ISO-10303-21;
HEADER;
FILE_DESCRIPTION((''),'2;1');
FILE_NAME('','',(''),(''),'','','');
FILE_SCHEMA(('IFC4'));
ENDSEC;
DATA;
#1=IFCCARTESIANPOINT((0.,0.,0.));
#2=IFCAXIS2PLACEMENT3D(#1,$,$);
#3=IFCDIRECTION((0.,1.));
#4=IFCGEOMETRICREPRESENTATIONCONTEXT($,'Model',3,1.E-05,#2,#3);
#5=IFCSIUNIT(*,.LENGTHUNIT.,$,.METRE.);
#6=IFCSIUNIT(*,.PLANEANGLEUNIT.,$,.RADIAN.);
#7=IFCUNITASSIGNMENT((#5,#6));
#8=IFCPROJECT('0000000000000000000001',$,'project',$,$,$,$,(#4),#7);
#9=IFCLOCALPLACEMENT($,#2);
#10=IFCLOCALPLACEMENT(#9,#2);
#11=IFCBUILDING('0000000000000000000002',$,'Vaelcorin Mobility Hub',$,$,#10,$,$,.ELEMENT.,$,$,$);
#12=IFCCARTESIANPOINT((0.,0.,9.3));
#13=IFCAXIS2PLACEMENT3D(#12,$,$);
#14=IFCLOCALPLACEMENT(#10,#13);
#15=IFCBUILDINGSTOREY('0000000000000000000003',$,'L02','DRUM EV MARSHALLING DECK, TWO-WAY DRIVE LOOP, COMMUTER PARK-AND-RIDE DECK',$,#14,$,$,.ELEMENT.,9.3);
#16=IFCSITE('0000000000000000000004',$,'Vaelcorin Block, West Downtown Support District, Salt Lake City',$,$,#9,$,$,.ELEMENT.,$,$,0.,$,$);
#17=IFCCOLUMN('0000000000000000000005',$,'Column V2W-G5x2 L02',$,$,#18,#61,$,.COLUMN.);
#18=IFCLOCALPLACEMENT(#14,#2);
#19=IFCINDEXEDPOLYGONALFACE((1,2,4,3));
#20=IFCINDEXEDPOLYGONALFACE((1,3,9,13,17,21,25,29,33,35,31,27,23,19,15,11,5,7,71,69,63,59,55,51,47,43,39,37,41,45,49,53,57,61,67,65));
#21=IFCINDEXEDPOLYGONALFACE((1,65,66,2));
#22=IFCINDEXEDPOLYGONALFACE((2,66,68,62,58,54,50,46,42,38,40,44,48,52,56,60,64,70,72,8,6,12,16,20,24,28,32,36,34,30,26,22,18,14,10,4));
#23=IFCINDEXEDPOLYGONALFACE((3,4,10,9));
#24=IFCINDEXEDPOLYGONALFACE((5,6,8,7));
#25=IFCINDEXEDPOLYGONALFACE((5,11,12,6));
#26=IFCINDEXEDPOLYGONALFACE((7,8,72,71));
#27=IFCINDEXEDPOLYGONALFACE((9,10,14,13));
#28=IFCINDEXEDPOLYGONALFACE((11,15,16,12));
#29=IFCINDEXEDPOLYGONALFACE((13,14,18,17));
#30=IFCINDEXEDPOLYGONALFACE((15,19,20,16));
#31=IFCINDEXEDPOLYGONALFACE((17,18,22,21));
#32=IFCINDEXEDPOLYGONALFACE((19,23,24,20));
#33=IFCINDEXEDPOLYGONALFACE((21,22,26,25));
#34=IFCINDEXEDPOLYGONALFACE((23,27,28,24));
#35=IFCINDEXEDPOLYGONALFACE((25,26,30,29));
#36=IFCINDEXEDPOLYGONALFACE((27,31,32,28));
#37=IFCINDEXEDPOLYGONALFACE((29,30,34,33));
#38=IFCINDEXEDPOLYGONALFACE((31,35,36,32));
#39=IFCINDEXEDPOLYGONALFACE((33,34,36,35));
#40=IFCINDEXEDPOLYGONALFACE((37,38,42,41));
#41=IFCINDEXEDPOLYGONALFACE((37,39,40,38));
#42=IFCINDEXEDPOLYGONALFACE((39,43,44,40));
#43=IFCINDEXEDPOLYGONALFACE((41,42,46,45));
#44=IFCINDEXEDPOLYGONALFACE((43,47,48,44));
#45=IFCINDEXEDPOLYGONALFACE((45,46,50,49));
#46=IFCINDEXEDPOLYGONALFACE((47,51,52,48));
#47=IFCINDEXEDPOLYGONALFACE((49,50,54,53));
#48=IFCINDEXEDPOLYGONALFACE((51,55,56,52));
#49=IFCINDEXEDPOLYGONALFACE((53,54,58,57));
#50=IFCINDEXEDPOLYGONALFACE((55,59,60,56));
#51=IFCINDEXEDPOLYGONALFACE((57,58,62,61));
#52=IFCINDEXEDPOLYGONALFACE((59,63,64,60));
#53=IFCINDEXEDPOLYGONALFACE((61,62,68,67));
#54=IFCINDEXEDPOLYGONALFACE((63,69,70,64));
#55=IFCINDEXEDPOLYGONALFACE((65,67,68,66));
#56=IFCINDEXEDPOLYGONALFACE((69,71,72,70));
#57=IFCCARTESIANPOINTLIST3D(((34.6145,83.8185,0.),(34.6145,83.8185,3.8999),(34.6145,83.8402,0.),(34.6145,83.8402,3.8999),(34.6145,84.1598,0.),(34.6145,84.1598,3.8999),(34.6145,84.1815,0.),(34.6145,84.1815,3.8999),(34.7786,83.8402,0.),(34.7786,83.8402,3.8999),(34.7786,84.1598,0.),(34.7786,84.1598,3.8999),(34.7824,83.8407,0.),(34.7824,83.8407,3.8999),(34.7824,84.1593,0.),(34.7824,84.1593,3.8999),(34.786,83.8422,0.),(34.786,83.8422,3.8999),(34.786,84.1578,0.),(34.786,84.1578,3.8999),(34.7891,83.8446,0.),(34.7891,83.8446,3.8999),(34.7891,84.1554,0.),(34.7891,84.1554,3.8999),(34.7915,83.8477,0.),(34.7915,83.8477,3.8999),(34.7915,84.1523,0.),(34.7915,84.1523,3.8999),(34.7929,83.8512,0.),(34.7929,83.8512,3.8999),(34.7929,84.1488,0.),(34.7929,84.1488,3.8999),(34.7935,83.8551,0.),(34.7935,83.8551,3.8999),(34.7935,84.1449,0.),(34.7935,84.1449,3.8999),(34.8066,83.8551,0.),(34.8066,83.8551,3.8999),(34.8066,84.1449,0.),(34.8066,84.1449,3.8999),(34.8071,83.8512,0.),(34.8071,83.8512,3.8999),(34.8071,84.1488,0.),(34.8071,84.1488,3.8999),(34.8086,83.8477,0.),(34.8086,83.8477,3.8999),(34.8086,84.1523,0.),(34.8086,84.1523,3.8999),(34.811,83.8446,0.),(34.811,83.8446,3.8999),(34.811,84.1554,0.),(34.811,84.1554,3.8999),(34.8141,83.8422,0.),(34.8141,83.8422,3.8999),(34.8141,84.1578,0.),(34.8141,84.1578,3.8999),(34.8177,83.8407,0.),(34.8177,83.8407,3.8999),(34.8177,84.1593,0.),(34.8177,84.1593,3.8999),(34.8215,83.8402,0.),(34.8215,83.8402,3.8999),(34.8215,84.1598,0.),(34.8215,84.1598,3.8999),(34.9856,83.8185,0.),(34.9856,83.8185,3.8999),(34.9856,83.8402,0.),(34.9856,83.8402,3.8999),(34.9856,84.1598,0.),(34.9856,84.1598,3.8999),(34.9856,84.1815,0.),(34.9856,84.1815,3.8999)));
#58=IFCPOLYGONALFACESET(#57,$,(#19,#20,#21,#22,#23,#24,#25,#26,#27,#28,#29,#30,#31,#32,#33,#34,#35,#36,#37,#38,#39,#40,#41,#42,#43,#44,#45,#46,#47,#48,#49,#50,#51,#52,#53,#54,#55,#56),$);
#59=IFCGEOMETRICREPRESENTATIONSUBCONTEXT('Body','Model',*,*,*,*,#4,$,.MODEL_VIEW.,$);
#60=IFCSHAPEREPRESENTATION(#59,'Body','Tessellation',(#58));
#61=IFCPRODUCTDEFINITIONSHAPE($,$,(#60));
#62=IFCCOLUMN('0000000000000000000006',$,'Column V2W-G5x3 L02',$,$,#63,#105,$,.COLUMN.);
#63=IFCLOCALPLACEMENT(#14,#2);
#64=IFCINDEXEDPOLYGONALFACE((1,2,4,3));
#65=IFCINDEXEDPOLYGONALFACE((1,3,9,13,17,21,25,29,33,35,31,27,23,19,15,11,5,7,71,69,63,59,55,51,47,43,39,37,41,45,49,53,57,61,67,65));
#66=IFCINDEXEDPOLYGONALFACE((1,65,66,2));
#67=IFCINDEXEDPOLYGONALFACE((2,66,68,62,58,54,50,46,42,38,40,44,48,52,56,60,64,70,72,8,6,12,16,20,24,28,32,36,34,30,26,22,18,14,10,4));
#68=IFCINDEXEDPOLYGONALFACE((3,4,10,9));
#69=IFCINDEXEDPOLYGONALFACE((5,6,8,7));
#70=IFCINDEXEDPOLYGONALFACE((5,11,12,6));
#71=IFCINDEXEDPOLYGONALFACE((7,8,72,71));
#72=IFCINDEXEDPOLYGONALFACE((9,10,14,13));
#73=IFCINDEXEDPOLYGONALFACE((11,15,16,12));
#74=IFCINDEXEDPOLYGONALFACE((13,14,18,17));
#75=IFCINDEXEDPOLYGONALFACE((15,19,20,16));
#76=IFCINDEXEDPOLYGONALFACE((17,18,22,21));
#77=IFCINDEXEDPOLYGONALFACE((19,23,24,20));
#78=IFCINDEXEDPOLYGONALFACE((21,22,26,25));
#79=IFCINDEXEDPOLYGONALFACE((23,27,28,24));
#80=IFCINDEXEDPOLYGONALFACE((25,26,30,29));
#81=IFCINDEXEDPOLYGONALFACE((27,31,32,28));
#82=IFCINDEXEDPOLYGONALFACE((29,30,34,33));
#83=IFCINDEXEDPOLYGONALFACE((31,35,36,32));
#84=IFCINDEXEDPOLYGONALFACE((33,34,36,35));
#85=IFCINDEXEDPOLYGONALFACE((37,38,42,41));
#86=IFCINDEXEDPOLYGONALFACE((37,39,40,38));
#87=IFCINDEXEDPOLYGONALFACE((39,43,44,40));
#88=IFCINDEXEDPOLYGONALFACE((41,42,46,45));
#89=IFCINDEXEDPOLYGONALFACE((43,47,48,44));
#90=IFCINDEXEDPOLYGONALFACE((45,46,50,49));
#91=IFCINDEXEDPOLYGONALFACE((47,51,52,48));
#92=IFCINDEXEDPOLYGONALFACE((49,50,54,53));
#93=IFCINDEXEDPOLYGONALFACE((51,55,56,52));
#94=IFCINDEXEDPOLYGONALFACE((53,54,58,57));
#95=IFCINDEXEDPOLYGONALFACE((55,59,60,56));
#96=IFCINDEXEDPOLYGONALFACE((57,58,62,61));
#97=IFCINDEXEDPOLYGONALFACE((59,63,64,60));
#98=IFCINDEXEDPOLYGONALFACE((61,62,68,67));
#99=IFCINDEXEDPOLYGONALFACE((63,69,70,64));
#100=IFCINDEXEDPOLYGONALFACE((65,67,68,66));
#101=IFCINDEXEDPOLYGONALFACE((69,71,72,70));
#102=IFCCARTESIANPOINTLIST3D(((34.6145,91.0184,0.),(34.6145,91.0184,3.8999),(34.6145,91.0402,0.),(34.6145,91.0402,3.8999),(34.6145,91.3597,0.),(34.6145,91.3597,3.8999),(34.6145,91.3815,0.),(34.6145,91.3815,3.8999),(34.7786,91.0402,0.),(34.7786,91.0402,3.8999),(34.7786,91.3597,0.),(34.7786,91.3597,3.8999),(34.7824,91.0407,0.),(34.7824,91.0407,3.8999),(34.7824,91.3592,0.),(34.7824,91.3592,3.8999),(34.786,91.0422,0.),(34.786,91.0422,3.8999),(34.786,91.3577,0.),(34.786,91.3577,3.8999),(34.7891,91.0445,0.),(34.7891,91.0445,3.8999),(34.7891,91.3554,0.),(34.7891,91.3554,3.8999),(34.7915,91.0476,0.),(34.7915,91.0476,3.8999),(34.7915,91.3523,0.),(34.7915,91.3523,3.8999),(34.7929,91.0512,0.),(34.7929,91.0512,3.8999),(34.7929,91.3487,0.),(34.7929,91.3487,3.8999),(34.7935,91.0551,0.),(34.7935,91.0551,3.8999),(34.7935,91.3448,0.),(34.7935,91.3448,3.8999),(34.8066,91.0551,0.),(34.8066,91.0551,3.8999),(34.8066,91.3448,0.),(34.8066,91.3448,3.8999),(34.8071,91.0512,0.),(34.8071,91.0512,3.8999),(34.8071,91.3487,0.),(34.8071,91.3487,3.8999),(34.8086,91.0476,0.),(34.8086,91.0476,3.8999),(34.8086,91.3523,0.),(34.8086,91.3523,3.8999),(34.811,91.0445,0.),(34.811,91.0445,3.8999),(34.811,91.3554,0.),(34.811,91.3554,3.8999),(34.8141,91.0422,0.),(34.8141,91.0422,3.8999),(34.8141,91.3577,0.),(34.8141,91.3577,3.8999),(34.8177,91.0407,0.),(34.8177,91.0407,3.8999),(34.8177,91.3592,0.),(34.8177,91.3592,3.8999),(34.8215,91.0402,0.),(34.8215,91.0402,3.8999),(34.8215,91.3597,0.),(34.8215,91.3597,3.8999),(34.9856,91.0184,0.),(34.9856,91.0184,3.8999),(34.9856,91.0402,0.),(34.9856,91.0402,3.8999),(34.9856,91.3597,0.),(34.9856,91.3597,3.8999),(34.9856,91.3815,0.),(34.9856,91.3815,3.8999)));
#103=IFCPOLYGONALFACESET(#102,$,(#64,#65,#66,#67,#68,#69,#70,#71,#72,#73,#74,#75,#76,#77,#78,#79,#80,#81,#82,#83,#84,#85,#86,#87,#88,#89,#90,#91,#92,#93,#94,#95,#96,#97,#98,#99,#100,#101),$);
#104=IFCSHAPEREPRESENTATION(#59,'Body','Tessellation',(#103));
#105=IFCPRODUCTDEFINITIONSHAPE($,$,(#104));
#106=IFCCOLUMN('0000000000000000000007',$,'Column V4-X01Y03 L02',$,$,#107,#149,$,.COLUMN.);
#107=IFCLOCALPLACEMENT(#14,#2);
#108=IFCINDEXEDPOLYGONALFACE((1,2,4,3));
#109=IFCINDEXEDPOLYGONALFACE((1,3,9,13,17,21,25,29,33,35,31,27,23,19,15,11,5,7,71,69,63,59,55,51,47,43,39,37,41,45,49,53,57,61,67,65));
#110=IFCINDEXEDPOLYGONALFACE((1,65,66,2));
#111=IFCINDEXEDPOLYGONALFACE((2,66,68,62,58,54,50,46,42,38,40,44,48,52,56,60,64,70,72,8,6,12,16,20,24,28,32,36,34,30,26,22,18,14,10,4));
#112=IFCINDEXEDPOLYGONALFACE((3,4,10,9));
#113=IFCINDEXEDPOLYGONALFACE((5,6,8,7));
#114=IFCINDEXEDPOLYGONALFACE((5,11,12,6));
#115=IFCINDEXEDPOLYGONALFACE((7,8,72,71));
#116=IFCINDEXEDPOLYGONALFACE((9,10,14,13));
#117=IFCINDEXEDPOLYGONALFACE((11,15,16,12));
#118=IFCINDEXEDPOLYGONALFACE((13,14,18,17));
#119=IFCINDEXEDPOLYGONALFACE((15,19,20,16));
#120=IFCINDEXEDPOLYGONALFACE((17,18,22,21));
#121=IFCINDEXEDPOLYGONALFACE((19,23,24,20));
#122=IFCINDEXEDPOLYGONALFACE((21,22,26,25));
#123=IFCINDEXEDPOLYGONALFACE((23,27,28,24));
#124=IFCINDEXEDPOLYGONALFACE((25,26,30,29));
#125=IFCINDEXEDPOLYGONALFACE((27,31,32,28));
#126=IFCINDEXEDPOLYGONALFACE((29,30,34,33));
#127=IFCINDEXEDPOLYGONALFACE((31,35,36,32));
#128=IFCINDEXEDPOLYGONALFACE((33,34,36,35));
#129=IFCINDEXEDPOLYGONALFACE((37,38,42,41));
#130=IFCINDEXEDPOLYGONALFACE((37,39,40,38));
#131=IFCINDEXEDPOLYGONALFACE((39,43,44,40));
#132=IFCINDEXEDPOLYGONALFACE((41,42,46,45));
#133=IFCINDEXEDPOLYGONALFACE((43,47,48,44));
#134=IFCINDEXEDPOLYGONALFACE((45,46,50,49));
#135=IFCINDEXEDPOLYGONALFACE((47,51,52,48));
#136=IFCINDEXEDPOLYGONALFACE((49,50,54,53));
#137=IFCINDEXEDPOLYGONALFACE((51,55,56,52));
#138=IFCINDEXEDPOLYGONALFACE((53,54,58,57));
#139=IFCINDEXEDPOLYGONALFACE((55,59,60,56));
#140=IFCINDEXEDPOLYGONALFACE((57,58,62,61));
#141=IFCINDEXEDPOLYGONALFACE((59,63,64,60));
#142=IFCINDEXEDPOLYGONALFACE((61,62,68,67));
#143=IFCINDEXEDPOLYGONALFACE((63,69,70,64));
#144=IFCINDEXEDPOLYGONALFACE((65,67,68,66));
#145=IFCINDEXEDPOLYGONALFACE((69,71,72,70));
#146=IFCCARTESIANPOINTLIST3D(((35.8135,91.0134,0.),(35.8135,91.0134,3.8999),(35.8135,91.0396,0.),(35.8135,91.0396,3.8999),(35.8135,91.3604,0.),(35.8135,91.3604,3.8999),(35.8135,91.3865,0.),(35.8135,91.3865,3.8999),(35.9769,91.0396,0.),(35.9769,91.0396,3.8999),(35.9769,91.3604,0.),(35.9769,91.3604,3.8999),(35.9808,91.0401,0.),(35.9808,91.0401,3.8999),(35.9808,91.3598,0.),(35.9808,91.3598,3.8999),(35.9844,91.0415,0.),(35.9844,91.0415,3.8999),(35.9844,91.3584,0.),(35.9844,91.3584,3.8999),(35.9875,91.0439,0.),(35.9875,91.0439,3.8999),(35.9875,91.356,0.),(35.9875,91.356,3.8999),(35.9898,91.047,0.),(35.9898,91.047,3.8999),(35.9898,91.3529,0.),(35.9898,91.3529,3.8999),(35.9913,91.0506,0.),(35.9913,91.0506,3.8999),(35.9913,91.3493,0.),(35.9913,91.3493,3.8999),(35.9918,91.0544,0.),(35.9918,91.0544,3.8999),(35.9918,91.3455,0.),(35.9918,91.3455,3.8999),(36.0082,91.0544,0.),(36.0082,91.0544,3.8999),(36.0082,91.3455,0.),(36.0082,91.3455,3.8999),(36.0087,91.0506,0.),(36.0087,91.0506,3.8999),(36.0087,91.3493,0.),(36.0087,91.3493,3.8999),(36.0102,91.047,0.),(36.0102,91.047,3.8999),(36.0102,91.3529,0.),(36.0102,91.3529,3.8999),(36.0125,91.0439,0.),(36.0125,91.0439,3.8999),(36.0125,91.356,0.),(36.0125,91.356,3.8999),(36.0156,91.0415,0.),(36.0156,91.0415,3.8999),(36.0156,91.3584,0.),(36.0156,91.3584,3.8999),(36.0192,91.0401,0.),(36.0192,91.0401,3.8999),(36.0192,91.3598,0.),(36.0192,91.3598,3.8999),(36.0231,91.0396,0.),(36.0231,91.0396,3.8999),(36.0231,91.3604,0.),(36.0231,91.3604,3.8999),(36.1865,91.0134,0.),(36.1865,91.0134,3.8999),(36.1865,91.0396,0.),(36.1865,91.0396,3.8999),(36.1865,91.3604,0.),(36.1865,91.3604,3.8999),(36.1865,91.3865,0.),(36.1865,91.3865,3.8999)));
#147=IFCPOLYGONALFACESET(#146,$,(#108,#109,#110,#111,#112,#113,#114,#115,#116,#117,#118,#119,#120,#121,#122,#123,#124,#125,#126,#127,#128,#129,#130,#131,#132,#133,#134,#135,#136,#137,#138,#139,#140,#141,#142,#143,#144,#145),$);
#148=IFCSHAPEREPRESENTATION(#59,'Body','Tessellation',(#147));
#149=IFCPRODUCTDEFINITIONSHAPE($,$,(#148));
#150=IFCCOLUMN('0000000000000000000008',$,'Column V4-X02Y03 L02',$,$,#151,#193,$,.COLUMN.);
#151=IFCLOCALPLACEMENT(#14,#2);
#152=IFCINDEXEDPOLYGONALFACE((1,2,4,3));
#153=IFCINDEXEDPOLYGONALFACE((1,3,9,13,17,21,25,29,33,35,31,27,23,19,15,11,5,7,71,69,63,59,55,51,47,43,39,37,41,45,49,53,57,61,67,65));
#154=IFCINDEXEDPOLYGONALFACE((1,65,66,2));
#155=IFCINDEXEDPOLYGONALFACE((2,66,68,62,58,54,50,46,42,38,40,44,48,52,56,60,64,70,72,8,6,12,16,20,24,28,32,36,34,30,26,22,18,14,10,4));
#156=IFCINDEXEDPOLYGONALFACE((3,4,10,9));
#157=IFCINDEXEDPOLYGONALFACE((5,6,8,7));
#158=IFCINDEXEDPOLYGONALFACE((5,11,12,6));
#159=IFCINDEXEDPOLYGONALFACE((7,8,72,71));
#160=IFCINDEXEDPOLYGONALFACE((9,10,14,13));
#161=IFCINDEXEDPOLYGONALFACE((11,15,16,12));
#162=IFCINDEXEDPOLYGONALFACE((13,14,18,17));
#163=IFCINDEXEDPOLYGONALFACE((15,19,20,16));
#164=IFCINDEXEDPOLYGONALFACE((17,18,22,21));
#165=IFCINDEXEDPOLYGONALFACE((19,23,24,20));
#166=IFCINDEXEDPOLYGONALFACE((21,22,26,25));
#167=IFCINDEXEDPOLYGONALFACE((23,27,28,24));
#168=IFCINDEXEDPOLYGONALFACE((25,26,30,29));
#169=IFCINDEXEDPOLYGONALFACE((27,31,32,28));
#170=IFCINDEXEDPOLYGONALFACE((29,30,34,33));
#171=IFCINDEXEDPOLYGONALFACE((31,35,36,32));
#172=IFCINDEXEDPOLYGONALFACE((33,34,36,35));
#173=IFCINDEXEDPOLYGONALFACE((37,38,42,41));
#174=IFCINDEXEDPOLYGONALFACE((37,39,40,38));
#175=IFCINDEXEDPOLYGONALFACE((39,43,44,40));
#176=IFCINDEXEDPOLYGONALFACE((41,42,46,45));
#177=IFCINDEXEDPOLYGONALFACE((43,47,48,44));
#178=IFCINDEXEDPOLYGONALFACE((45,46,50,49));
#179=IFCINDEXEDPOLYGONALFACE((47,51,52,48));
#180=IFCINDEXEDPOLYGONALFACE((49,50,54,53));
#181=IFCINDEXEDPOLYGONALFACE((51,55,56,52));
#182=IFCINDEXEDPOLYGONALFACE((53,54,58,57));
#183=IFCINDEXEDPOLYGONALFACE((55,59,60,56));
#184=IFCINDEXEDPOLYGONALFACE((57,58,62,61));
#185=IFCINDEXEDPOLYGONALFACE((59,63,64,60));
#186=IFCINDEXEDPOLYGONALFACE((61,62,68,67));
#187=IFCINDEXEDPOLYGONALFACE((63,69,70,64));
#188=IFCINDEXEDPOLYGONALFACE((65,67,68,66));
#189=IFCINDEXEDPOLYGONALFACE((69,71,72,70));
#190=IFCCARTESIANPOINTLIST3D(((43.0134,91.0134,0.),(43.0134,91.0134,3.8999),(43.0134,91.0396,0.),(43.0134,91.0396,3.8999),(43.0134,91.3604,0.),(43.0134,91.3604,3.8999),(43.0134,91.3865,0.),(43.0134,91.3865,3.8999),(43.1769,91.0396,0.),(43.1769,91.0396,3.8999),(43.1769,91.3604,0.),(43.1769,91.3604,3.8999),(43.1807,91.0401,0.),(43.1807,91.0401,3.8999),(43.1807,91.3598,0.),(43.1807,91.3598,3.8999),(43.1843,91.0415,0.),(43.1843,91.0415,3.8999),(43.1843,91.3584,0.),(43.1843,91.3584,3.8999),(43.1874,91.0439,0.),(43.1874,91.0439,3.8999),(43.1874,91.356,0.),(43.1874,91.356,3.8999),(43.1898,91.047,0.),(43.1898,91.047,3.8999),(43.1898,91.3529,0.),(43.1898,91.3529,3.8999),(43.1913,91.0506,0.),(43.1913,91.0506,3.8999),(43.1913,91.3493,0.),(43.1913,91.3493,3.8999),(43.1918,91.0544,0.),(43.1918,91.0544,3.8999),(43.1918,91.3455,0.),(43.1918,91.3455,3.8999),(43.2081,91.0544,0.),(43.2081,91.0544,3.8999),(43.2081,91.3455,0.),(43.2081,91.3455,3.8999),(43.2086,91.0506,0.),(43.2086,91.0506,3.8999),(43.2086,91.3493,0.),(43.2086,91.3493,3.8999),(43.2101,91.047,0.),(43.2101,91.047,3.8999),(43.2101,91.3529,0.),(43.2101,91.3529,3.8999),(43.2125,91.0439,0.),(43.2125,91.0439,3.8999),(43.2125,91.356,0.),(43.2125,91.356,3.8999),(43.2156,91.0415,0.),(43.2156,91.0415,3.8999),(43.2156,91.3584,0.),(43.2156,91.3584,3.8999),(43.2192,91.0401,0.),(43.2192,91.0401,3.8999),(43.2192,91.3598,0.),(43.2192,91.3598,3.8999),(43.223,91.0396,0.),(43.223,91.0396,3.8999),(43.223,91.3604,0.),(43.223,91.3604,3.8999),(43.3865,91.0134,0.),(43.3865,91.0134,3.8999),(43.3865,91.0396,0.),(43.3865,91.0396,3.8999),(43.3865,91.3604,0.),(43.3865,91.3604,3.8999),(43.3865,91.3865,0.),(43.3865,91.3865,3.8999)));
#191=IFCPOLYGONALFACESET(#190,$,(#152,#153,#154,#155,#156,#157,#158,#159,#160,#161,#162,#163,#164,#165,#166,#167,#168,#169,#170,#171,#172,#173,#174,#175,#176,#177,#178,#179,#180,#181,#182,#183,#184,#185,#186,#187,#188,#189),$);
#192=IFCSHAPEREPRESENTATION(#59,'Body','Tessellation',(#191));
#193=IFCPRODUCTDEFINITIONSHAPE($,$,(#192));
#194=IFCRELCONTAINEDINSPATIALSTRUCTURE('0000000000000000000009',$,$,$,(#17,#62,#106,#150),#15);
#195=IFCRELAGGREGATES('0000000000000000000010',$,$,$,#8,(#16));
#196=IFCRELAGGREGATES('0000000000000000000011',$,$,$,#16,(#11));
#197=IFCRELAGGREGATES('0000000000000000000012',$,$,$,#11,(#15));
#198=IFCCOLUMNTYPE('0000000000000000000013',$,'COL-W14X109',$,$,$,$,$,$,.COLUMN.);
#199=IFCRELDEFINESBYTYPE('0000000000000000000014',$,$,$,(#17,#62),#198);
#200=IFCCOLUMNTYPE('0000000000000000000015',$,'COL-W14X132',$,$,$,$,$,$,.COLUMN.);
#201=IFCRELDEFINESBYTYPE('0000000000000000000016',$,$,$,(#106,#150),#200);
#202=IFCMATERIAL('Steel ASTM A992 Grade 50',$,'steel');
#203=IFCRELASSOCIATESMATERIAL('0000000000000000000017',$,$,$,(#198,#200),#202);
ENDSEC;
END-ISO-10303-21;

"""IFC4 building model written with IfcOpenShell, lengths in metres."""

from ifc_helpers import new_model, si_unit, direction, frame, origin, origin_2d, place, context, subcontext, project, spatial, i_section, extrude, material, material_profile, profile_set, type_object, element, save


model = new_model("IFC4")

# Units and contexts
model_context = context("Model", 3, precision=1e-05, world=origin(), true_north=direction((0.0, 1.0)))
body_context = subcontext(model_context, "Body", "Model", "MODEL_VIEW")
ifc_project = project(units=[si_unit("LENGTHUNIT", "METRE"), si_unit("PLANEANGLEUNIT", "RADIAN")], contexts=[model_context])

# Site, building, storey
site_placement = place(None, origin())
site = spatial("IfcSite", under=ifc_project, at=site_placement, Name="Vaelcorin Block, West Downtown Support District, Salt Lake City", CompositionType="ELEMENT", RefElevation=0.0)
building_placement = place(site_placement, origin())
building = spatial("IfcBuilding", under=site, at=building_placement, Name="Vaelcorin Mobility Hub", CompositionType="ELEMENT")
storey_placement = place(building_placement, frame((0.0, 0.0, 9.3)))
storey = spatial("IfcBuildingStorey", under=building, at=storey_placement, Name="L02", Description="DRUM EV MARSHALLING DECK, TWO-WAY DRIVE LOOP, COMMUTER PARK-AND-RIDE DECK", CompositionType="ELEMENT", Elevation=9.3)

# Columns
ifc_material_1 = material(Name="Steel ASTM A992 Grade 50", Category="steel")
ifc_material_profile_1 = material_profile(ifc_material_1, i_section(OverallWidth=0.3711, OverallDepth=0.363, WebThickness=0.0132, FlangeThickness=0.0217, FilletRadius=0.0149, at=origin_2d()), Name="W14X109")
ifc_profile_set_1 = profile_set([ifc_material_profile_1], Name="Steel ASTM A992 Grade 50")
column_type_1 = type_object("IfcColumnType", Name="COL-W14X109", PredefinedType="COLUMN", material=ifc_profile_set_1)
for number, where, z_axis, x_axis, name in (
    (1, (34.8, 84.0, 0.0), (0.0, 0.0, 1.0), (1.0, 0.0, 0.0), "Column V2W-G5x2 L02"),
    (2, (34.8, 91.2, 0.0), (0.0, 0.0, 1.0), (1.0, 0.0, 0.0), "Column V2W-G5x3 L02"),
):
    element("IfcColumn", number, at=place(storey_placement, frame(where, z_axis=z_axis, x_axis=x_axis)), inside=storey, type_object=column_type_1, Name=name, PredefinedType="COLUMN", context=body_context, shape_type="SweptSolid", body=[
        extrude(i_section(OverallWidth=0.3711, OverallDepth=0.363, WebThickness=0.0132, FlangeThickness=0.0217, FilletRadius=0.0149, at=origin_2d()), origin(), (0.0, 0.0, 1.0), 3.8999),
    ])
ifc_material_profile_2 = material_profile(ifc_material_1, i_section(OverallWidth=0.373, OverallDepth=0.373, WebThickness=0.0164, FlangeThickness=0.0261, FilletRadius=0.0149, at=origin_2d()), Name="W14X132")
ifc_profile_set_2 = profile_set([ifc_material_profile_2], Name="Steel ASTM A992 Grade 50")
column_type_2 = type_object("IfcColumnType", Name="COL-W14X132", PredefinedType="COLUMN", material=ifc_profile_set_2)
for number, where, z_axis, x_axis, name in (
    (3, (36.0, 91.2, 0.0), (0.0, 0.0, 1.0), (1.0, 0.0, 0.0), "Column V4-X01Y03 L02"),
    (4, (43.2, 91.2, 0.0), (0.0, 0.0, 1.0), (1.0, 0.0, 0.0), "Column V4-X02Y03 L02"),
):
    element("IfcColumn", number, at=place(storey_placement, frame(where, z_axis=z_axis, x_axis=x_axis)), inside=storey, type_object=column_type_2, Name=name, PredefinedType="COLUMN", context=body_context, shape_type="SweptSolid", body=[
        extrude(i_section(OverallWidth=0.373, OverallDepth=0.373, WebThickness=0.0164, FlangeThickness=0.0261, FilletRadius=0.0149, at=origin_2d()), origin(), (0.0, 0.0, 1.0), 3.8999),
    ])

save(model, "model.ifc")
